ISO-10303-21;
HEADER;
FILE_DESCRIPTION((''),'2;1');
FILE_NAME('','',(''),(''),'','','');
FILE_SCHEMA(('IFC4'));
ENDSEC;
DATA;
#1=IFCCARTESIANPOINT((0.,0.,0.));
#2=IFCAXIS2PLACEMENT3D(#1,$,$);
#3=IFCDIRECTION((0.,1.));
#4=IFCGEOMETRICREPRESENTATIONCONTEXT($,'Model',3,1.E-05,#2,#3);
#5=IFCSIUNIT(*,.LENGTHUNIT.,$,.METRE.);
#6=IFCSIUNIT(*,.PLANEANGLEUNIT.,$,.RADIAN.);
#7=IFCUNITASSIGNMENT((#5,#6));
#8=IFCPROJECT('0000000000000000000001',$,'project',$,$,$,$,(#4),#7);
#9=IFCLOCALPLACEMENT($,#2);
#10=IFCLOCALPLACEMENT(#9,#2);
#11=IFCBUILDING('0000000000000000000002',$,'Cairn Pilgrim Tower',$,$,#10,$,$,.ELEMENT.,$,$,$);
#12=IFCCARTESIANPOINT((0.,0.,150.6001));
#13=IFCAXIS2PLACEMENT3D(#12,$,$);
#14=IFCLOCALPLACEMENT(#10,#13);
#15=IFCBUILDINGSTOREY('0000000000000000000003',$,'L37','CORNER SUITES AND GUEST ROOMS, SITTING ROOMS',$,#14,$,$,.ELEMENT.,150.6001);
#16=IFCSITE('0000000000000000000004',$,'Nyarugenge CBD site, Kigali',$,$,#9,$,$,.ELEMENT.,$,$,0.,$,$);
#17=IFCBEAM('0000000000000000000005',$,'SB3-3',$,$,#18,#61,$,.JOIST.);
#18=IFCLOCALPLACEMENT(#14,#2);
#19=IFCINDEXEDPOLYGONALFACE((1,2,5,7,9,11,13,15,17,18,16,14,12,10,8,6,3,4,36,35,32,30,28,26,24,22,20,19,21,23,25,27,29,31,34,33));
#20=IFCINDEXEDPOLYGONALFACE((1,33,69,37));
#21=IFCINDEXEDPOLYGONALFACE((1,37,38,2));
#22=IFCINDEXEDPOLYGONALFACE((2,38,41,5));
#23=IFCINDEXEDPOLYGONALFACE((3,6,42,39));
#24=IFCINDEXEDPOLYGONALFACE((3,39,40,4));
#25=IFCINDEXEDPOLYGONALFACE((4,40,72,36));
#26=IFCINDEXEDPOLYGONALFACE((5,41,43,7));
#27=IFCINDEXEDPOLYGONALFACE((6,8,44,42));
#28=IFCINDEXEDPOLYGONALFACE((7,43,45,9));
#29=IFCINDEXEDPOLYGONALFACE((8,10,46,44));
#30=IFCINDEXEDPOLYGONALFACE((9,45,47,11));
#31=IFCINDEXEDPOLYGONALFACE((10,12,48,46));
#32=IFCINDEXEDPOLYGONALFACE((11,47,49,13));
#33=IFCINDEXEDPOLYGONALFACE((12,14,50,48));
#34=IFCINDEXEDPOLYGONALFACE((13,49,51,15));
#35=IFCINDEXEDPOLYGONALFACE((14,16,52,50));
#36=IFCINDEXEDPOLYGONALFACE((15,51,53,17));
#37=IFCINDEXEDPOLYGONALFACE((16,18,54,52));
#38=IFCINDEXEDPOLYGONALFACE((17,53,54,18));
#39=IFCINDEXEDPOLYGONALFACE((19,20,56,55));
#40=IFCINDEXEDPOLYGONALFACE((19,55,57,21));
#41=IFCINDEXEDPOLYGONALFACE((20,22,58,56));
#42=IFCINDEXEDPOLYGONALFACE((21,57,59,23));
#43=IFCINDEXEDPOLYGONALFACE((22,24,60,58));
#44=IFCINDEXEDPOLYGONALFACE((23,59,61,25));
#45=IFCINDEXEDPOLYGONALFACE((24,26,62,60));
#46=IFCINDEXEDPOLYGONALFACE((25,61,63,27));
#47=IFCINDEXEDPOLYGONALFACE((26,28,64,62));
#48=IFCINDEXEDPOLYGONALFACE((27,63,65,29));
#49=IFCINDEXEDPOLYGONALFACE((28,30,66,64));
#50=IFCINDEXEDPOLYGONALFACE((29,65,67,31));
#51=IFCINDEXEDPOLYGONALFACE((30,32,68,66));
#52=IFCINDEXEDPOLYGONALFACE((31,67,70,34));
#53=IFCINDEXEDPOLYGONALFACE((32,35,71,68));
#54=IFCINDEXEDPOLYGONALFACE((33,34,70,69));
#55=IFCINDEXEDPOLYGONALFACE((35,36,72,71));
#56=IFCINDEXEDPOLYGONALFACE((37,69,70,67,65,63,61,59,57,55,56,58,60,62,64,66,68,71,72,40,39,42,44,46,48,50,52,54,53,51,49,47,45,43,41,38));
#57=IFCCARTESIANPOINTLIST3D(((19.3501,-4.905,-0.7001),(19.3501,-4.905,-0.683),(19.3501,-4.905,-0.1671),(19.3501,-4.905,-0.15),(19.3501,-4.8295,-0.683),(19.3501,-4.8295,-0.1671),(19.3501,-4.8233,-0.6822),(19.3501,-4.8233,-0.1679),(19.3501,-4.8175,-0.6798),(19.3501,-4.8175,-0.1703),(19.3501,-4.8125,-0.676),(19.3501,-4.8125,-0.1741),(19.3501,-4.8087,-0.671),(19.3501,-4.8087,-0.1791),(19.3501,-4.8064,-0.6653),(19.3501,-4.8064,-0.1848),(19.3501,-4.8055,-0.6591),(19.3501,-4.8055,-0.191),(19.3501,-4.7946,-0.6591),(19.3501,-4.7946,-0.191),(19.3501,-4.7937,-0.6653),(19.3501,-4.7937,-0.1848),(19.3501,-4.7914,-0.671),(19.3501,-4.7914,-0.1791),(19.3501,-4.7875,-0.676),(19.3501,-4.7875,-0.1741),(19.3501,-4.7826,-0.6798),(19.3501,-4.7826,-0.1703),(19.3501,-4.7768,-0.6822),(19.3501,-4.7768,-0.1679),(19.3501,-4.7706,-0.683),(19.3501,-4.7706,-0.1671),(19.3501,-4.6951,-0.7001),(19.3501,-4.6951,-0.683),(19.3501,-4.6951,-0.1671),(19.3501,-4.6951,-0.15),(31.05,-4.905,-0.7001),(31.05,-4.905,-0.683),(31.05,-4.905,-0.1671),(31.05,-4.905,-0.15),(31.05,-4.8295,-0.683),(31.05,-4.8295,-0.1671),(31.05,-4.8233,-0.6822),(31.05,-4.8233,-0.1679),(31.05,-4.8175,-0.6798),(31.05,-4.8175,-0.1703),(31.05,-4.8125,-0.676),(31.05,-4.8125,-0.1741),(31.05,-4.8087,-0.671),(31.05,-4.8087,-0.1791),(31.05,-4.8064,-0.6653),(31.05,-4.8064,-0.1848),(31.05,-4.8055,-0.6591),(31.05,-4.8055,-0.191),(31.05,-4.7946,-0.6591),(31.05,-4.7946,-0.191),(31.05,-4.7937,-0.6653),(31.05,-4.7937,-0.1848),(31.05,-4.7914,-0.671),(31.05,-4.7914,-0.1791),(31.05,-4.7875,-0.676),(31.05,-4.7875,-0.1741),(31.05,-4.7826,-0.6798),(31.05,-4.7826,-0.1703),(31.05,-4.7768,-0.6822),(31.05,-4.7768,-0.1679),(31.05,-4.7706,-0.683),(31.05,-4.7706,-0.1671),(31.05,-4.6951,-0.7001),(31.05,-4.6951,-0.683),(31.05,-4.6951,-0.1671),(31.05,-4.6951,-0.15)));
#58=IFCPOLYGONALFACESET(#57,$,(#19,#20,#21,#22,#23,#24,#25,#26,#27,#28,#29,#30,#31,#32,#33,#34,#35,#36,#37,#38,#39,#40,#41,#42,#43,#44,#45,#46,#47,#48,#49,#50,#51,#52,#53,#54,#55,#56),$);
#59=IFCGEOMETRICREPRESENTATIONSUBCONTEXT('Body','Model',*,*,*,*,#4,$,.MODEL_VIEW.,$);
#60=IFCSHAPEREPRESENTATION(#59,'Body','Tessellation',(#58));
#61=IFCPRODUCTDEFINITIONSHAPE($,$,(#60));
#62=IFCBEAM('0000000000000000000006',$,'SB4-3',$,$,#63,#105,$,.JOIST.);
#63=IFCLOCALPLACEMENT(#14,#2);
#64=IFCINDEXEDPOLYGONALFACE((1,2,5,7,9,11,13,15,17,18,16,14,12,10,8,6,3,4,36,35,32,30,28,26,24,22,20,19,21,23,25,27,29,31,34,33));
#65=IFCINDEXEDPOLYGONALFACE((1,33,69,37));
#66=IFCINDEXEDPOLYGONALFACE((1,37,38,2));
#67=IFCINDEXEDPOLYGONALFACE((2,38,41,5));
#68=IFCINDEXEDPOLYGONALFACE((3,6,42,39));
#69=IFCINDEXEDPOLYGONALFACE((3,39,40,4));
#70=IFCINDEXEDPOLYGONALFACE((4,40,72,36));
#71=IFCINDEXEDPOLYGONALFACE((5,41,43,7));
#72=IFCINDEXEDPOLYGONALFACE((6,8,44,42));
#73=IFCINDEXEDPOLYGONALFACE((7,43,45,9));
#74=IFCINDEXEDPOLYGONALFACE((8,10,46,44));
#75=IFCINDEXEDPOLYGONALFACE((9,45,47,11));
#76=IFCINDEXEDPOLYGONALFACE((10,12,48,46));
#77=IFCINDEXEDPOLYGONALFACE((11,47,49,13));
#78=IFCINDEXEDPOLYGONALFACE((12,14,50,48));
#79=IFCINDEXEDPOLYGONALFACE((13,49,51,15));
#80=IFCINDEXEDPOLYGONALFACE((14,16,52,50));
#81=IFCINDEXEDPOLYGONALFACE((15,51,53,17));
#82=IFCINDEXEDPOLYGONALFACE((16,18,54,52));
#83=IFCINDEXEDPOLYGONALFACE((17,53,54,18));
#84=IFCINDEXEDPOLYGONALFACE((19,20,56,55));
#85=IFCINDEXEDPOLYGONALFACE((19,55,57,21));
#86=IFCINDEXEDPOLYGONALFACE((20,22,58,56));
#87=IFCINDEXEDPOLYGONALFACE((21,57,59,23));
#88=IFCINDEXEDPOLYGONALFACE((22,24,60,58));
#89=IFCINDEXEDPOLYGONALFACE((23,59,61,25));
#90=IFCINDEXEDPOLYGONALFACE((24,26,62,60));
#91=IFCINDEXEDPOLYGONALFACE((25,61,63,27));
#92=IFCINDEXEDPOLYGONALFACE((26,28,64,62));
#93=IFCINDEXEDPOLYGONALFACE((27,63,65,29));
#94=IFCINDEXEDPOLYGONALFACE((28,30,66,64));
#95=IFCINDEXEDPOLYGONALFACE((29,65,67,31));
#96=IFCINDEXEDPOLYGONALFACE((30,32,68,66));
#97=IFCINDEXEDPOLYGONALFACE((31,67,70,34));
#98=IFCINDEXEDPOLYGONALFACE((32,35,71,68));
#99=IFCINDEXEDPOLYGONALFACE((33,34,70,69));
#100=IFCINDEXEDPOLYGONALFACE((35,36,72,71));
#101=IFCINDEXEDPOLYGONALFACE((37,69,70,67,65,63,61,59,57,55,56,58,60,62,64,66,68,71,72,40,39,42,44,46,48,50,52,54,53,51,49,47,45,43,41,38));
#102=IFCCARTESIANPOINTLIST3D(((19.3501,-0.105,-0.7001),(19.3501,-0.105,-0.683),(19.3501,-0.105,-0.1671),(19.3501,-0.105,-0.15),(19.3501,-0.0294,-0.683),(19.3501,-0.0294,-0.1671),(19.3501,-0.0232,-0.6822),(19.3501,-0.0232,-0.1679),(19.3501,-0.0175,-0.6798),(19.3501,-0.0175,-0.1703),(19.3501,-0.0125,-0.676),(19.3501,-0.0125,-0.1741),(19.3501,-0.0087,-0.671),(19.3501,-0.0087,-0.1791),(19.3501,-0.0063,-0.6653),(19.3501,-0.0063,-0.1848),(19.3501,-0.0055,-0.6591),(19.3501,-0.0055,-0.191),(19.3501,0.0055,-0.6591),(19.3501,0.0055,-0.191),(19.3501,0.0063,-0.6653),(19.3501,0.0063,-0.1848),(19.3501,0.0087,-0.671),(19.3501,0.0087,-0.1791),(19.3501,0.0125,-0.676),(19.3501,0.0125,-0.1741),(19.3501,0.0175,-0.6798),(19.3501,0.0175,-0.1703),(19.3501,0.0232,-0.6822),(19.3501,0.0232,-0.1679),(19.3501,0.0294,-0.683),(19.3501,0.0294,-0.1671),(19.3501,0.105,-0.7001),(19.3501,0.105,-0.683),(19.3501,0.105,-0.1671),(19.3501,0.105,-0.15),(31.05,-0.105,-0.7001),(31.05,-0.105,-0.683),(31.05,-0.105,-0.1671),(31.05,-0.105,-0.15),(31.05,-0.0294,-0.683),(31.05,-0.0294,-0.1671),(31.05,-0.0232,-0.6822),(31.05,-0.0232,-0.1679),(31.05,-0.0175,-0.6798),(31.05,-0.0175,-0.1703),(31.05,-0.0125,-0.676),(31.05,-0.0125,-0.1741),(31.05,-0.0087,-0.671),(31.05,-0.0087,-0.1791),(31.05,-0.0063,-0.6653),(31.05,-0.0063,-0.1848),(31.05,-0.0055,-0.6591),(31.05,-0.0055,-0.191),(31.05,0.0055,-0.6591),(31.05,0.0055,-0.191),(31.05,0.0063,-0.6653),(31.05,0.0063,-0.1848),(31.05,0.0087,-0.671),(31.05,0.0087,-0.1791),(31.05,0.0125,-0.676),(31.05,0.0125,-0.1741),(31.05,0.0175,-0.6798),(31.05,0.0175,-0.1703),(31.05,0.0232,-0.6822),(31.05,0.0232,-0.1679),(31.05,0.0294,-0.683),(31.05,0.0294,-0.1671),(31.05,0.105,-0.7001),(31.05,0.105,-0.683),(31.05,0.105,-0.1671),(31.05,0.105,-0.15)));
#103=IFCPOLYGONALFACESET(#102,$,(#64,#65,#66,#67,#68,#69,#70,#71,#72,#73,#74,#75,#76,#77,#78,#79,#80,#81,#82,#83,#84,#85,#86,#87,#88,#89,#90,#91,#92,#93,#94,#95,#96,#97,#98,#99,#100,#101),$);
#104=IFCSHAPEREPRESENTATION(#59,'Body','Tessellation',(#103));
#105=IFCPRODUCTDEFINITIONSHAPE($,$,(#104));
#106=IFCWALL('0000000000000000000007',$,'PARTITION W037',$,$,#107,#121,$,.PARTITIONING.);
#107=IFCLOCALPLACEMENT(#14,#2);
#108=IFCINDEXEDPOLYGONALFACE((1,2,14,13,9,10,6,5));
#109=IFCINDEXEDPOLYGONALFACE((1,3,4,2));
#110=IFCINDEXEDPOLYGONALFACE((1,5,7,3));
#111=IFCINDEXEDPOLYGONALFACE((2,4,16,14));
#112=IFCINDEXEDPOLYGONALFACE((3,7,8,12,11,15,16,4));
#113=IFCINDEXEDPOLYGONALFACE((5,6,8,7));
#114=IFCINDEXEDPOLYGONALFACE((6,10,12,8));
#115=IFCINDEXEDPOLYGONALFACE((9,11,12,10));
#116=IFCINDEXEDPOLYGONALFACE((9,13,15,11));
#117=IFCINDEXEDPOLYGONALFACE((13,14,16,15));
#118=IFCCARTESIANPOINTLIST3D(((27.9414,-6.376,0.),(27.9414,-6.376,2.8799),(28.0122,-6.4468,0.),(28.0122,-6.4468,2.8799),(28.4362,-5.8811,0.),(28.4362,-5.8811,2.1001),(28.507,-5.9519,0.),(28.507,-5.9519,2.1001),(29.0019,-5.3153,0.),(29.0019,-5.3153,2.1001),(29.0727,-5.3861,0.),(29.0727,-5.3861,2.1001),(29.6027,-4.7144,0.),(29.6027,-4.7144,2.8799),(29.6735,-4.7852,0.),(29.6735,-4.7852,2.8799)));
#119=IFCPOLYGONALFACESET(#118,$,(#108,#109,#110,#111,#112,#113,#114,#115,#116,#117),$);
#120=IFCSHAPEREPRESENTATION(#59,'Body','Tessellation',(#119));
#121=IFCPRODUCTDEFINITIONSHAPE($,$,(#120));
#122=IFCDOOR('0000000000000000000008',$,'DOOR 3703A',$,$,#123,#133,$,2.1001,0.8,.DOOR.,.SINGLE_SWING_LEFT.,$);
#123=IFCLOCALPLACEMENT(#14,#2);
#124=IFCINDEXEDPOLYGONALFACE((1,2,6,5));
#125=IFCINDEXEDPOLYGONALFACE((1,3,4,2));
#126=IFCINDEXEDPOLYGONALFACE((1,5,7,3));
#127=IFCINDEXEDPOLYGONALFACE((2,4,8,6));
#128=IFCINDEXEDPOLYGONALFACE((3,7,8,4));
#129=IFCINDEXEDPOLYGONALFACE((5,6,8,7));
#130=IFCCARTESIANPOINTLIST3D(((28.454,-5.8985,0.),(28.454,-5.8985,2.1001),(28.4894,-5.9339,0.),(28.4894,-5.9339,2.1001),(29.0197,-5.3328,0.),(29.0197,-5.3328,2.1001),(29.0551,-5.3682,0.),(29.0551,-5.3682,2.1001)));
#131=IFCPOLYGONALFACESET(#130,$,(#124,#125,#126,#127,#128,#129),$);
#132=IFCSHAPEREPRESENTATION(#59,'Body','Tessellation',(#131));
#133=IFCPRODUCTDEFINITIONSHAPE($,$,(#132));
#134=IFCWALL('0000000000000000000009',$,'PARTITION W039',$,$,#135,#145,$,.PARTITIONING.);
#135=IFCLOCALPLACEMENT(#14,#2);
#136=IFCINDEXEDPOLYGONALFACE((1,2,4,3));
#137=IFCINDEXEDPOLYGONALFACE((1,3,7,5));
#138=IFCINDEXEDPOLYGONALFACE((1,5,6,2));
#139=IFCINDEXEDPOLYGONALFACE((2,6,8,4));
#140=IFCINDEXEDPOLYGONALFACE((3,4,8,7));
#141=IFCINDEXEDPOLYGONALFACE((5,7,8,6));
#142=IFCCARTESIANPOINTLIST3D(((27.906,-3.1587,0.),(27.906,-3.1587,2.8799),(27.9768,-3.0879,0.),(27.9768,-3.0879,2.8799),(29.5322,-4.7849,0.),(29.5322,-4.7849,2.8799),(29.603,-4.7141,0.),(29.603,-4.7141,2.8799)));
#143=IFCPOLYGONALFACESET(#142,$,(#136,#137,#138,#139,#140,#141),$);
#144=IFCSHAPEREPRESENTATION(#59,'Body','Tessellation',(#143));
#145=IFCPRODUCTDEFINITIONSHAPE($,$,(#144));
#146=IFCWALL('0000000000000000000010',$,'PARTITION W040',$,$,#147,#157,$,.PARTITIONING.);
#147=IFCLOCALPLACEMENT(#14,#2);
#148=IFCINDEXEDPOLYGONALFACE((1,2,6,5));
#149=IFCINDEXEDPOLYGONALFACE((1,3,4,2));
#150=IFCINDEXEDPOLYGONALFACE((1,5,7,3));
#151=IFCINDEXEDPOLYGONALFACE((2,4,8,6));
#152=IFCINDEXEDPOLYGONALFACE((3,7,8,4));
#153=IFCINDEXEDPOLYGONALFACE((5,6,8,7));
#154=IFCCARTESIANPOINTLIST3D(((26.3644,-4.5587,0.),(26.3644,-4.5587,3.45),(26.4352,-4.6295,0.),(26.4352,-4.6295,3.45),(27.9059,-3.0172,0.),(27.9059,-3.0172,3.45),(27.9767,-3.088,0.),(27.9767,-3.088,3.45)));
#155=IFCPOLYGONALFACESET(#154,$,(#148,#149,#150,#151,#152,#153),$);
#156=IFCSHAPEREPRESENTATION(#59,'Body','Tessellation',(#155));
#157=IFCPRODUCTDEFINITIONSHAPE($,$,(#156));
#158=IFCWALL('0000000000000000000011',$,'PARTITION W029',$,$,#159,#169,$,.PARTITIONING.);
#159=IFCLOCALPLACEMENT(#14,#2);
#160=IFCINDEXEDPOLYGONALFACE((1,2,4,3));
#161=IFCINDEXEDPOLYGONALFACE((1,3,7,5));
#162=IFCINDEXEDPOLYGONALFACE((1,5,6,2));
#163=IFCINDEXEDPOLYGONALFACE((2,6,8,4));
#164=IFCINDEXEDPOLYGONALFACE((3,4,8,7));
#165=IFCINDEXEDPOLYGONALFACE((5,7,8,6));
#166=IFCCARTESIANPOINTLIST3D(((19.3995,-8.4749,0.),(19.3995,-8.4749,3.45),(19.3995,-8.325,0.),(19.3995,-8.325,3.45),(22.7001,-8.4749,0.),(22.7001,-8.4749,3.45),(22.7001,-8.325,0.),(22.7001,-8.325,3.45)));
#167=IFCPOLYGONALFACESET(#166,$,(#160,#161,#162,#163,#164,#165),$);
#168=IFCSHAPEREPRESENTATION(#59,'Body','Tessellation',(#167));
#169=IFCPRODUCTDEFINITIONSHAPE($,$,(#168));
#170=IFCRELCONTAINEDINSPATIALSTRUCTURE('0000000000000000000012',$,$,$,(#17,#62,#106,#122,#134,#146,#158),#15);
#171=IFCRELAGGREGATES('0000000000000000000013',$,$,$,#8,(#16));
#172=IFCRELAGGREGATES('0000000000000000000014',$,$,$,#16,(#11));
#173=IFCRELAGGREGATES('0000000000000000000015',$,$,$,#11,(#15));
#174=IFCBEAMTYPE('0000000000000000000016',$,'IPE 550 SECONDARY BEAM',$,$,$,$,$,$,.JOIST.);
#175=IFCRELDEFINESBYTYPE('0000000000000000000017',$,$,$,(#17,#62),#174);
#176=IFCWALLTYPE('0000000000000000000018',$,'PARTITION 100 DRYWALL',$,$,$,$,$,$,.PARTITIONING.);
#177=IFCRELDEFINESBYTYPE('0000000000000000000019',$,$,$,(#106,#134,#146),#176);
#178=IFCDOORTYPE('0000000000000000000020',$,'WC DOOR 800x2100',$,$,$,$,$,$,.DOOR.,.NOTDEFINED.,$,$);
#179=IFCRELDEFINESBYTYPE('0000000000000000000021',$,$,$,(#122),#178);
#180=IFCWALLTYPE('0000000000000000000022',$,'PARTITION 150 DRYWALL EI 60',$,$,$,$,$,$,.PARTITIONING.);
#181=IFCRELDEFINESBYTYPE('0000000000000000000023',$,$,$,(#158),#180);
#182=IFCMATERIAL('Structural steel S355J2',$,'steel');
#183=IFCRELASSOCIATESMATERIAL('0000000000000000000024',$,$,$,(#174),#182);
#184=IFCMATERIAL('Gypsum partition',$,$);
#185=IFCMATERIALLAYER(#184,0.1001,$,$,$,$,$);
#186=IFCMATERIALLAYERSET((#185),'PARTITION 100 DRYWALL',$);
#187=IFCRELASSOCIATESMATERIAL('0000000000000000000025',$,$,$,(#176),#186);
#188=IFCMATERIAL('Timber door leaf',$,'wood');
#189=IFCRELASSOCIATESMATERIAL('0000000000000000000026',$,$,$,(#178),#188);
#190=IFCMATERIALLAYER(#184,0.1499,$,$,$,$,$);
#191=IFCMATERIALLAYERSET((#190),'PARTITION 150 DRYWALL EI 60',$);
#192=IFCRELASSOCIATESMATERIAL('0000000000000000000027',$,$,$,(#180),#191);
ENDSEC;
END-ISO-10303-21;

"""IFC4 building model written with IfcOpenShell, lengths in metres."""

from ifc_helpers import new_model, si_unit, direction, frame, frame_2d, origin, origin_2d, place, context, subcontext, project, spatial, rectangle, i_section, extrude, material, layer, layer_set, material_profile, profile_set, type_object, element, fill, save


model = new_model("IFC4")

# Units and contexts
model_context = context("Model", 3, precision=1e-05, world=origin(), true_north=direction((0.0, 1.0)))
body_context = subcontext(model_context, "Body", "Model", "MODEL_VIEW")
ifc_project = project(units=[si_unit("LENGTHUNIT", "METRE"), si_unit("PLANEANGLEUNIT", "RADIAN")], contexts=[model_context])

# Site, building, storey
site_placement = place(None, origin())
site = spatial("IfcSite", under=ifc_project, at=site_placement, Name="Nyarugenge CBD site, Kigali", CompositionType="ELEMENT", RefElevation=0.0)
building_placement = place(site_placement, origin())
building = spatial("IfcBuilding", under=site, at=building_placement, Name="Cairn Pilgrim Tower", CompositionType="ELEMENT")
storey_placement = place(building_placement, frame((0.0, 0.0, 150.6001)))
storey = spatial("IfcBuildingStorey", under=building, at=storey_placement, Name="L37", Description="CORNER SUITES AND GUEST ROOMS, SITTING ROOMS", CompositionType="ELEMENT", Elevation=150.6001)

# Beams
ifc_material_1 = material(Name="Structural steel S355J2", Category="steel")
ifc_material_profile = material_profile(ifc_material_1, i_section(OverallWidth=0.21, OverallDepth=0.55, WebThickness=0.011, FlangeThickness=0.0171, FilletRadius=0.0239, at=origin_2d()), Name="IPE 550")
ifc_profile_set = profile_set([ifc_material_profile], Name="Structural steel S355J2")
beam_type = type_object("IfcBeamType", Name="IPE 550 SECONDARY BEAM", PredefinedType="JOIST", material=ifc_profile_set)
for number, where, z_axis, x_axis, name in (
    (1, (19.3501, -4.8, -0.425), (1.0, 0.0, 0.0), (0.0, 1.0, 0.0), "SB3-3"),
    (2, (19.3501, 0.0, -0.425), (1.0, 0.0, 0.0), (0.0, 1.0, 0.0), "SB4-3"),
):
    element("IfcBeam", number, at=place(storey_placement, frame(where, z_axis=z_axis, x_axis=x_axis)), inside=storey, type_object=beam_type, Name=name, PredefinedType="JOIST", context=body_context, shape_type="SweptSolid", body=[
        extrude(i_section(OverallWidth=0.21, OverallDepth=0.55, WebThickness=0.011, FlangeThickness=0.0171, FilletRadius=0.0239, at=origin_2d()), origin(), (0.0, 0.0, 1.0), 11.7),
    ])

# Wall, opening, door
ifc_material_2 = material(Name="Gypsum partition")
ifc_layer_1 = layer(ifc_material_2, 0.1001)
ifc_layer_set_1 = layer_set([ifc_layer_1], Name="PARTITION 100 DRYWALL")
wall_type_1 = type_object("IfcWallType", Name="PARTITION 100 DRYWALL", PredefinedType="PARTITIONING", material=ifc_layer_set_1)
wall_1_placement = place(storey_placement, frame((27.9768, -6.4114, 0.0), z_axis=(0.0, 0.0, 1.0), x_axis=(0.707055, 0.707159, 0.0)))
wall_1 = element("IfcWall", 3, at=wall_1_placement, inside=storey, type_object=wall_type_1, Name="PARTITION W037", PredefinedType="PARTITIONING", context=body_context, shape_type="SweptSolid", body=[
    extrude(rectangle(XDim=2.3496, YDim=0.1001, at=frame_2d((1.1748, 0.0))), origin(), (0.0, 0.0, 1.0), 2.8799),
])
opening_1_placement = place(wall_1_placement, frame((0.7, 0.0, 0.0)))
opening_1 = element("IfcOpeningElement", 4, at=opening_1_placement, cuts=wall_1, PredefinedType="OPENING", context=body_context, shape_type="SweptSolid", body=[
    extrude(rectangle(XDim=0.8, YDim=2.1001, at=frame_2d((0.3999, 1.05))), frame((0.0, 0.0601, 0.0), z_axis=(0.0, -1.0, 0.0), x_axis=(1.0, 0.0, 0.0)), (0.0, 0.0, 1.0), 0.1201),
])
ifc_material_3 = material(Name="Timber door leaf", Category="wood")
door_type_1 = type_object("IfcDoorType", Name="WC DOOR 800x2100", OperationType="NOTDEFINED", PredefinedType="DOOR", material=ifc_material_3)
door_1_placement = place(opening_1_placement, frame((0.8, 0.0, 0.0), z_axis=(0.0, 0.0, 1.0), x_axis=(-1.0, 0.0, 0.0)))
door_1 = element("IfcDoor", 5, at=door_1_placement, inside=storey, type_object=door_type_1, Name="DOOR 3703A", OperationType="SINGLE_SWING_LEFT", OverallHeight=2.1001, OverallWidth=0.8, PredefinedType="DOOR", context=body_context, shape_type="SweptSolid", body=[
    extrude(rectangle(XDim=0.8, YDim=2.1001, at=frame_2d((0.3999, 1.05))), frame((0.0, 0.0249, 0.0), z_axis=(0.0, -1.0, 0.0), x_axis=(1.0, 0.0, 0.0)), (0.0, 0.0, 1.0), 0.05),
])
fill(opening_1, door_1)

# Walls
wall_2_placement = place(storey_placement, frame((29.5676, -4.7495, 0.0), z_axis=(0.0, 0.0, 1.0), x_axis=(-0.707107, 0.707107, 0.0)))
element("IfcWall", 6, at=wall_2_placement, inside=storey, type_object=wall_type_1, Name="PARTITION W039", PredefinedType="PARTITIONING", context=body_context, shape_type="SweptSolid", body=[
    extrude(rectangle(XDim=2.2998, YDim=0.1001, at=frame_2d((1.1499, 0.0))), origin(), (0.0, 0.0, 1.0), 2.8799),
])
wall_3_placement = place(storey_placement, frame((26.3999, -4.594, 0.0), z_axis=(0.0, 0.0, 1.0), x_axis=(0.707107, 0.707107, 0.0)))
element("IfcWall", 7, at=wall_3_placement, inside=storey, type_object=wall_type_1, Name="PARTITION W040", PredefinedType="PARTITIONING", context=body_context, shape_type="SweptSolid", body=[
    extrude(rectangle(XDim=2.1799, YDim=0.1001, at=frame_2d((1.0898, 0.0))), origin(), (0.0, 0.0, 1.0), 3.45),
])
ifc_layer_2 = layer(ifc_material_2, 0.1499)
ifc_layer_set_2 = layer_set([ifc_layer_2], Name="PARTITION 150 DRYWALL EI 60")
wall_type_2 = type_object("IfcWallType", Name="PARTITION 150 DRYWALL EI 60", PredefinedType="PARTITIONING", material=ifc_layer_set_2)
wall_4_placement = place(storey_placement, frame((19.3994, -8.3999, 0.0), z_axis=(0.0, 0.0, 1.0), x_axis=(1.0, 0.0, 0.0)))
element("IfcWall", 8, at=wall_4_placement, inside=storey, type_object=wall_type_2, Name="PARTITION W029", PredefinedType="PARTITIONING", context=body_context, shape_type="SweptSolid", body=[
    extrude(rectangle(XDim=3.3005, YDim=0.1499, at=frame_2d((1.6504, 0.0))), origin(), (0.0, 0.0, 1.0), 3.45),
])

save(model, "model.ifc")
